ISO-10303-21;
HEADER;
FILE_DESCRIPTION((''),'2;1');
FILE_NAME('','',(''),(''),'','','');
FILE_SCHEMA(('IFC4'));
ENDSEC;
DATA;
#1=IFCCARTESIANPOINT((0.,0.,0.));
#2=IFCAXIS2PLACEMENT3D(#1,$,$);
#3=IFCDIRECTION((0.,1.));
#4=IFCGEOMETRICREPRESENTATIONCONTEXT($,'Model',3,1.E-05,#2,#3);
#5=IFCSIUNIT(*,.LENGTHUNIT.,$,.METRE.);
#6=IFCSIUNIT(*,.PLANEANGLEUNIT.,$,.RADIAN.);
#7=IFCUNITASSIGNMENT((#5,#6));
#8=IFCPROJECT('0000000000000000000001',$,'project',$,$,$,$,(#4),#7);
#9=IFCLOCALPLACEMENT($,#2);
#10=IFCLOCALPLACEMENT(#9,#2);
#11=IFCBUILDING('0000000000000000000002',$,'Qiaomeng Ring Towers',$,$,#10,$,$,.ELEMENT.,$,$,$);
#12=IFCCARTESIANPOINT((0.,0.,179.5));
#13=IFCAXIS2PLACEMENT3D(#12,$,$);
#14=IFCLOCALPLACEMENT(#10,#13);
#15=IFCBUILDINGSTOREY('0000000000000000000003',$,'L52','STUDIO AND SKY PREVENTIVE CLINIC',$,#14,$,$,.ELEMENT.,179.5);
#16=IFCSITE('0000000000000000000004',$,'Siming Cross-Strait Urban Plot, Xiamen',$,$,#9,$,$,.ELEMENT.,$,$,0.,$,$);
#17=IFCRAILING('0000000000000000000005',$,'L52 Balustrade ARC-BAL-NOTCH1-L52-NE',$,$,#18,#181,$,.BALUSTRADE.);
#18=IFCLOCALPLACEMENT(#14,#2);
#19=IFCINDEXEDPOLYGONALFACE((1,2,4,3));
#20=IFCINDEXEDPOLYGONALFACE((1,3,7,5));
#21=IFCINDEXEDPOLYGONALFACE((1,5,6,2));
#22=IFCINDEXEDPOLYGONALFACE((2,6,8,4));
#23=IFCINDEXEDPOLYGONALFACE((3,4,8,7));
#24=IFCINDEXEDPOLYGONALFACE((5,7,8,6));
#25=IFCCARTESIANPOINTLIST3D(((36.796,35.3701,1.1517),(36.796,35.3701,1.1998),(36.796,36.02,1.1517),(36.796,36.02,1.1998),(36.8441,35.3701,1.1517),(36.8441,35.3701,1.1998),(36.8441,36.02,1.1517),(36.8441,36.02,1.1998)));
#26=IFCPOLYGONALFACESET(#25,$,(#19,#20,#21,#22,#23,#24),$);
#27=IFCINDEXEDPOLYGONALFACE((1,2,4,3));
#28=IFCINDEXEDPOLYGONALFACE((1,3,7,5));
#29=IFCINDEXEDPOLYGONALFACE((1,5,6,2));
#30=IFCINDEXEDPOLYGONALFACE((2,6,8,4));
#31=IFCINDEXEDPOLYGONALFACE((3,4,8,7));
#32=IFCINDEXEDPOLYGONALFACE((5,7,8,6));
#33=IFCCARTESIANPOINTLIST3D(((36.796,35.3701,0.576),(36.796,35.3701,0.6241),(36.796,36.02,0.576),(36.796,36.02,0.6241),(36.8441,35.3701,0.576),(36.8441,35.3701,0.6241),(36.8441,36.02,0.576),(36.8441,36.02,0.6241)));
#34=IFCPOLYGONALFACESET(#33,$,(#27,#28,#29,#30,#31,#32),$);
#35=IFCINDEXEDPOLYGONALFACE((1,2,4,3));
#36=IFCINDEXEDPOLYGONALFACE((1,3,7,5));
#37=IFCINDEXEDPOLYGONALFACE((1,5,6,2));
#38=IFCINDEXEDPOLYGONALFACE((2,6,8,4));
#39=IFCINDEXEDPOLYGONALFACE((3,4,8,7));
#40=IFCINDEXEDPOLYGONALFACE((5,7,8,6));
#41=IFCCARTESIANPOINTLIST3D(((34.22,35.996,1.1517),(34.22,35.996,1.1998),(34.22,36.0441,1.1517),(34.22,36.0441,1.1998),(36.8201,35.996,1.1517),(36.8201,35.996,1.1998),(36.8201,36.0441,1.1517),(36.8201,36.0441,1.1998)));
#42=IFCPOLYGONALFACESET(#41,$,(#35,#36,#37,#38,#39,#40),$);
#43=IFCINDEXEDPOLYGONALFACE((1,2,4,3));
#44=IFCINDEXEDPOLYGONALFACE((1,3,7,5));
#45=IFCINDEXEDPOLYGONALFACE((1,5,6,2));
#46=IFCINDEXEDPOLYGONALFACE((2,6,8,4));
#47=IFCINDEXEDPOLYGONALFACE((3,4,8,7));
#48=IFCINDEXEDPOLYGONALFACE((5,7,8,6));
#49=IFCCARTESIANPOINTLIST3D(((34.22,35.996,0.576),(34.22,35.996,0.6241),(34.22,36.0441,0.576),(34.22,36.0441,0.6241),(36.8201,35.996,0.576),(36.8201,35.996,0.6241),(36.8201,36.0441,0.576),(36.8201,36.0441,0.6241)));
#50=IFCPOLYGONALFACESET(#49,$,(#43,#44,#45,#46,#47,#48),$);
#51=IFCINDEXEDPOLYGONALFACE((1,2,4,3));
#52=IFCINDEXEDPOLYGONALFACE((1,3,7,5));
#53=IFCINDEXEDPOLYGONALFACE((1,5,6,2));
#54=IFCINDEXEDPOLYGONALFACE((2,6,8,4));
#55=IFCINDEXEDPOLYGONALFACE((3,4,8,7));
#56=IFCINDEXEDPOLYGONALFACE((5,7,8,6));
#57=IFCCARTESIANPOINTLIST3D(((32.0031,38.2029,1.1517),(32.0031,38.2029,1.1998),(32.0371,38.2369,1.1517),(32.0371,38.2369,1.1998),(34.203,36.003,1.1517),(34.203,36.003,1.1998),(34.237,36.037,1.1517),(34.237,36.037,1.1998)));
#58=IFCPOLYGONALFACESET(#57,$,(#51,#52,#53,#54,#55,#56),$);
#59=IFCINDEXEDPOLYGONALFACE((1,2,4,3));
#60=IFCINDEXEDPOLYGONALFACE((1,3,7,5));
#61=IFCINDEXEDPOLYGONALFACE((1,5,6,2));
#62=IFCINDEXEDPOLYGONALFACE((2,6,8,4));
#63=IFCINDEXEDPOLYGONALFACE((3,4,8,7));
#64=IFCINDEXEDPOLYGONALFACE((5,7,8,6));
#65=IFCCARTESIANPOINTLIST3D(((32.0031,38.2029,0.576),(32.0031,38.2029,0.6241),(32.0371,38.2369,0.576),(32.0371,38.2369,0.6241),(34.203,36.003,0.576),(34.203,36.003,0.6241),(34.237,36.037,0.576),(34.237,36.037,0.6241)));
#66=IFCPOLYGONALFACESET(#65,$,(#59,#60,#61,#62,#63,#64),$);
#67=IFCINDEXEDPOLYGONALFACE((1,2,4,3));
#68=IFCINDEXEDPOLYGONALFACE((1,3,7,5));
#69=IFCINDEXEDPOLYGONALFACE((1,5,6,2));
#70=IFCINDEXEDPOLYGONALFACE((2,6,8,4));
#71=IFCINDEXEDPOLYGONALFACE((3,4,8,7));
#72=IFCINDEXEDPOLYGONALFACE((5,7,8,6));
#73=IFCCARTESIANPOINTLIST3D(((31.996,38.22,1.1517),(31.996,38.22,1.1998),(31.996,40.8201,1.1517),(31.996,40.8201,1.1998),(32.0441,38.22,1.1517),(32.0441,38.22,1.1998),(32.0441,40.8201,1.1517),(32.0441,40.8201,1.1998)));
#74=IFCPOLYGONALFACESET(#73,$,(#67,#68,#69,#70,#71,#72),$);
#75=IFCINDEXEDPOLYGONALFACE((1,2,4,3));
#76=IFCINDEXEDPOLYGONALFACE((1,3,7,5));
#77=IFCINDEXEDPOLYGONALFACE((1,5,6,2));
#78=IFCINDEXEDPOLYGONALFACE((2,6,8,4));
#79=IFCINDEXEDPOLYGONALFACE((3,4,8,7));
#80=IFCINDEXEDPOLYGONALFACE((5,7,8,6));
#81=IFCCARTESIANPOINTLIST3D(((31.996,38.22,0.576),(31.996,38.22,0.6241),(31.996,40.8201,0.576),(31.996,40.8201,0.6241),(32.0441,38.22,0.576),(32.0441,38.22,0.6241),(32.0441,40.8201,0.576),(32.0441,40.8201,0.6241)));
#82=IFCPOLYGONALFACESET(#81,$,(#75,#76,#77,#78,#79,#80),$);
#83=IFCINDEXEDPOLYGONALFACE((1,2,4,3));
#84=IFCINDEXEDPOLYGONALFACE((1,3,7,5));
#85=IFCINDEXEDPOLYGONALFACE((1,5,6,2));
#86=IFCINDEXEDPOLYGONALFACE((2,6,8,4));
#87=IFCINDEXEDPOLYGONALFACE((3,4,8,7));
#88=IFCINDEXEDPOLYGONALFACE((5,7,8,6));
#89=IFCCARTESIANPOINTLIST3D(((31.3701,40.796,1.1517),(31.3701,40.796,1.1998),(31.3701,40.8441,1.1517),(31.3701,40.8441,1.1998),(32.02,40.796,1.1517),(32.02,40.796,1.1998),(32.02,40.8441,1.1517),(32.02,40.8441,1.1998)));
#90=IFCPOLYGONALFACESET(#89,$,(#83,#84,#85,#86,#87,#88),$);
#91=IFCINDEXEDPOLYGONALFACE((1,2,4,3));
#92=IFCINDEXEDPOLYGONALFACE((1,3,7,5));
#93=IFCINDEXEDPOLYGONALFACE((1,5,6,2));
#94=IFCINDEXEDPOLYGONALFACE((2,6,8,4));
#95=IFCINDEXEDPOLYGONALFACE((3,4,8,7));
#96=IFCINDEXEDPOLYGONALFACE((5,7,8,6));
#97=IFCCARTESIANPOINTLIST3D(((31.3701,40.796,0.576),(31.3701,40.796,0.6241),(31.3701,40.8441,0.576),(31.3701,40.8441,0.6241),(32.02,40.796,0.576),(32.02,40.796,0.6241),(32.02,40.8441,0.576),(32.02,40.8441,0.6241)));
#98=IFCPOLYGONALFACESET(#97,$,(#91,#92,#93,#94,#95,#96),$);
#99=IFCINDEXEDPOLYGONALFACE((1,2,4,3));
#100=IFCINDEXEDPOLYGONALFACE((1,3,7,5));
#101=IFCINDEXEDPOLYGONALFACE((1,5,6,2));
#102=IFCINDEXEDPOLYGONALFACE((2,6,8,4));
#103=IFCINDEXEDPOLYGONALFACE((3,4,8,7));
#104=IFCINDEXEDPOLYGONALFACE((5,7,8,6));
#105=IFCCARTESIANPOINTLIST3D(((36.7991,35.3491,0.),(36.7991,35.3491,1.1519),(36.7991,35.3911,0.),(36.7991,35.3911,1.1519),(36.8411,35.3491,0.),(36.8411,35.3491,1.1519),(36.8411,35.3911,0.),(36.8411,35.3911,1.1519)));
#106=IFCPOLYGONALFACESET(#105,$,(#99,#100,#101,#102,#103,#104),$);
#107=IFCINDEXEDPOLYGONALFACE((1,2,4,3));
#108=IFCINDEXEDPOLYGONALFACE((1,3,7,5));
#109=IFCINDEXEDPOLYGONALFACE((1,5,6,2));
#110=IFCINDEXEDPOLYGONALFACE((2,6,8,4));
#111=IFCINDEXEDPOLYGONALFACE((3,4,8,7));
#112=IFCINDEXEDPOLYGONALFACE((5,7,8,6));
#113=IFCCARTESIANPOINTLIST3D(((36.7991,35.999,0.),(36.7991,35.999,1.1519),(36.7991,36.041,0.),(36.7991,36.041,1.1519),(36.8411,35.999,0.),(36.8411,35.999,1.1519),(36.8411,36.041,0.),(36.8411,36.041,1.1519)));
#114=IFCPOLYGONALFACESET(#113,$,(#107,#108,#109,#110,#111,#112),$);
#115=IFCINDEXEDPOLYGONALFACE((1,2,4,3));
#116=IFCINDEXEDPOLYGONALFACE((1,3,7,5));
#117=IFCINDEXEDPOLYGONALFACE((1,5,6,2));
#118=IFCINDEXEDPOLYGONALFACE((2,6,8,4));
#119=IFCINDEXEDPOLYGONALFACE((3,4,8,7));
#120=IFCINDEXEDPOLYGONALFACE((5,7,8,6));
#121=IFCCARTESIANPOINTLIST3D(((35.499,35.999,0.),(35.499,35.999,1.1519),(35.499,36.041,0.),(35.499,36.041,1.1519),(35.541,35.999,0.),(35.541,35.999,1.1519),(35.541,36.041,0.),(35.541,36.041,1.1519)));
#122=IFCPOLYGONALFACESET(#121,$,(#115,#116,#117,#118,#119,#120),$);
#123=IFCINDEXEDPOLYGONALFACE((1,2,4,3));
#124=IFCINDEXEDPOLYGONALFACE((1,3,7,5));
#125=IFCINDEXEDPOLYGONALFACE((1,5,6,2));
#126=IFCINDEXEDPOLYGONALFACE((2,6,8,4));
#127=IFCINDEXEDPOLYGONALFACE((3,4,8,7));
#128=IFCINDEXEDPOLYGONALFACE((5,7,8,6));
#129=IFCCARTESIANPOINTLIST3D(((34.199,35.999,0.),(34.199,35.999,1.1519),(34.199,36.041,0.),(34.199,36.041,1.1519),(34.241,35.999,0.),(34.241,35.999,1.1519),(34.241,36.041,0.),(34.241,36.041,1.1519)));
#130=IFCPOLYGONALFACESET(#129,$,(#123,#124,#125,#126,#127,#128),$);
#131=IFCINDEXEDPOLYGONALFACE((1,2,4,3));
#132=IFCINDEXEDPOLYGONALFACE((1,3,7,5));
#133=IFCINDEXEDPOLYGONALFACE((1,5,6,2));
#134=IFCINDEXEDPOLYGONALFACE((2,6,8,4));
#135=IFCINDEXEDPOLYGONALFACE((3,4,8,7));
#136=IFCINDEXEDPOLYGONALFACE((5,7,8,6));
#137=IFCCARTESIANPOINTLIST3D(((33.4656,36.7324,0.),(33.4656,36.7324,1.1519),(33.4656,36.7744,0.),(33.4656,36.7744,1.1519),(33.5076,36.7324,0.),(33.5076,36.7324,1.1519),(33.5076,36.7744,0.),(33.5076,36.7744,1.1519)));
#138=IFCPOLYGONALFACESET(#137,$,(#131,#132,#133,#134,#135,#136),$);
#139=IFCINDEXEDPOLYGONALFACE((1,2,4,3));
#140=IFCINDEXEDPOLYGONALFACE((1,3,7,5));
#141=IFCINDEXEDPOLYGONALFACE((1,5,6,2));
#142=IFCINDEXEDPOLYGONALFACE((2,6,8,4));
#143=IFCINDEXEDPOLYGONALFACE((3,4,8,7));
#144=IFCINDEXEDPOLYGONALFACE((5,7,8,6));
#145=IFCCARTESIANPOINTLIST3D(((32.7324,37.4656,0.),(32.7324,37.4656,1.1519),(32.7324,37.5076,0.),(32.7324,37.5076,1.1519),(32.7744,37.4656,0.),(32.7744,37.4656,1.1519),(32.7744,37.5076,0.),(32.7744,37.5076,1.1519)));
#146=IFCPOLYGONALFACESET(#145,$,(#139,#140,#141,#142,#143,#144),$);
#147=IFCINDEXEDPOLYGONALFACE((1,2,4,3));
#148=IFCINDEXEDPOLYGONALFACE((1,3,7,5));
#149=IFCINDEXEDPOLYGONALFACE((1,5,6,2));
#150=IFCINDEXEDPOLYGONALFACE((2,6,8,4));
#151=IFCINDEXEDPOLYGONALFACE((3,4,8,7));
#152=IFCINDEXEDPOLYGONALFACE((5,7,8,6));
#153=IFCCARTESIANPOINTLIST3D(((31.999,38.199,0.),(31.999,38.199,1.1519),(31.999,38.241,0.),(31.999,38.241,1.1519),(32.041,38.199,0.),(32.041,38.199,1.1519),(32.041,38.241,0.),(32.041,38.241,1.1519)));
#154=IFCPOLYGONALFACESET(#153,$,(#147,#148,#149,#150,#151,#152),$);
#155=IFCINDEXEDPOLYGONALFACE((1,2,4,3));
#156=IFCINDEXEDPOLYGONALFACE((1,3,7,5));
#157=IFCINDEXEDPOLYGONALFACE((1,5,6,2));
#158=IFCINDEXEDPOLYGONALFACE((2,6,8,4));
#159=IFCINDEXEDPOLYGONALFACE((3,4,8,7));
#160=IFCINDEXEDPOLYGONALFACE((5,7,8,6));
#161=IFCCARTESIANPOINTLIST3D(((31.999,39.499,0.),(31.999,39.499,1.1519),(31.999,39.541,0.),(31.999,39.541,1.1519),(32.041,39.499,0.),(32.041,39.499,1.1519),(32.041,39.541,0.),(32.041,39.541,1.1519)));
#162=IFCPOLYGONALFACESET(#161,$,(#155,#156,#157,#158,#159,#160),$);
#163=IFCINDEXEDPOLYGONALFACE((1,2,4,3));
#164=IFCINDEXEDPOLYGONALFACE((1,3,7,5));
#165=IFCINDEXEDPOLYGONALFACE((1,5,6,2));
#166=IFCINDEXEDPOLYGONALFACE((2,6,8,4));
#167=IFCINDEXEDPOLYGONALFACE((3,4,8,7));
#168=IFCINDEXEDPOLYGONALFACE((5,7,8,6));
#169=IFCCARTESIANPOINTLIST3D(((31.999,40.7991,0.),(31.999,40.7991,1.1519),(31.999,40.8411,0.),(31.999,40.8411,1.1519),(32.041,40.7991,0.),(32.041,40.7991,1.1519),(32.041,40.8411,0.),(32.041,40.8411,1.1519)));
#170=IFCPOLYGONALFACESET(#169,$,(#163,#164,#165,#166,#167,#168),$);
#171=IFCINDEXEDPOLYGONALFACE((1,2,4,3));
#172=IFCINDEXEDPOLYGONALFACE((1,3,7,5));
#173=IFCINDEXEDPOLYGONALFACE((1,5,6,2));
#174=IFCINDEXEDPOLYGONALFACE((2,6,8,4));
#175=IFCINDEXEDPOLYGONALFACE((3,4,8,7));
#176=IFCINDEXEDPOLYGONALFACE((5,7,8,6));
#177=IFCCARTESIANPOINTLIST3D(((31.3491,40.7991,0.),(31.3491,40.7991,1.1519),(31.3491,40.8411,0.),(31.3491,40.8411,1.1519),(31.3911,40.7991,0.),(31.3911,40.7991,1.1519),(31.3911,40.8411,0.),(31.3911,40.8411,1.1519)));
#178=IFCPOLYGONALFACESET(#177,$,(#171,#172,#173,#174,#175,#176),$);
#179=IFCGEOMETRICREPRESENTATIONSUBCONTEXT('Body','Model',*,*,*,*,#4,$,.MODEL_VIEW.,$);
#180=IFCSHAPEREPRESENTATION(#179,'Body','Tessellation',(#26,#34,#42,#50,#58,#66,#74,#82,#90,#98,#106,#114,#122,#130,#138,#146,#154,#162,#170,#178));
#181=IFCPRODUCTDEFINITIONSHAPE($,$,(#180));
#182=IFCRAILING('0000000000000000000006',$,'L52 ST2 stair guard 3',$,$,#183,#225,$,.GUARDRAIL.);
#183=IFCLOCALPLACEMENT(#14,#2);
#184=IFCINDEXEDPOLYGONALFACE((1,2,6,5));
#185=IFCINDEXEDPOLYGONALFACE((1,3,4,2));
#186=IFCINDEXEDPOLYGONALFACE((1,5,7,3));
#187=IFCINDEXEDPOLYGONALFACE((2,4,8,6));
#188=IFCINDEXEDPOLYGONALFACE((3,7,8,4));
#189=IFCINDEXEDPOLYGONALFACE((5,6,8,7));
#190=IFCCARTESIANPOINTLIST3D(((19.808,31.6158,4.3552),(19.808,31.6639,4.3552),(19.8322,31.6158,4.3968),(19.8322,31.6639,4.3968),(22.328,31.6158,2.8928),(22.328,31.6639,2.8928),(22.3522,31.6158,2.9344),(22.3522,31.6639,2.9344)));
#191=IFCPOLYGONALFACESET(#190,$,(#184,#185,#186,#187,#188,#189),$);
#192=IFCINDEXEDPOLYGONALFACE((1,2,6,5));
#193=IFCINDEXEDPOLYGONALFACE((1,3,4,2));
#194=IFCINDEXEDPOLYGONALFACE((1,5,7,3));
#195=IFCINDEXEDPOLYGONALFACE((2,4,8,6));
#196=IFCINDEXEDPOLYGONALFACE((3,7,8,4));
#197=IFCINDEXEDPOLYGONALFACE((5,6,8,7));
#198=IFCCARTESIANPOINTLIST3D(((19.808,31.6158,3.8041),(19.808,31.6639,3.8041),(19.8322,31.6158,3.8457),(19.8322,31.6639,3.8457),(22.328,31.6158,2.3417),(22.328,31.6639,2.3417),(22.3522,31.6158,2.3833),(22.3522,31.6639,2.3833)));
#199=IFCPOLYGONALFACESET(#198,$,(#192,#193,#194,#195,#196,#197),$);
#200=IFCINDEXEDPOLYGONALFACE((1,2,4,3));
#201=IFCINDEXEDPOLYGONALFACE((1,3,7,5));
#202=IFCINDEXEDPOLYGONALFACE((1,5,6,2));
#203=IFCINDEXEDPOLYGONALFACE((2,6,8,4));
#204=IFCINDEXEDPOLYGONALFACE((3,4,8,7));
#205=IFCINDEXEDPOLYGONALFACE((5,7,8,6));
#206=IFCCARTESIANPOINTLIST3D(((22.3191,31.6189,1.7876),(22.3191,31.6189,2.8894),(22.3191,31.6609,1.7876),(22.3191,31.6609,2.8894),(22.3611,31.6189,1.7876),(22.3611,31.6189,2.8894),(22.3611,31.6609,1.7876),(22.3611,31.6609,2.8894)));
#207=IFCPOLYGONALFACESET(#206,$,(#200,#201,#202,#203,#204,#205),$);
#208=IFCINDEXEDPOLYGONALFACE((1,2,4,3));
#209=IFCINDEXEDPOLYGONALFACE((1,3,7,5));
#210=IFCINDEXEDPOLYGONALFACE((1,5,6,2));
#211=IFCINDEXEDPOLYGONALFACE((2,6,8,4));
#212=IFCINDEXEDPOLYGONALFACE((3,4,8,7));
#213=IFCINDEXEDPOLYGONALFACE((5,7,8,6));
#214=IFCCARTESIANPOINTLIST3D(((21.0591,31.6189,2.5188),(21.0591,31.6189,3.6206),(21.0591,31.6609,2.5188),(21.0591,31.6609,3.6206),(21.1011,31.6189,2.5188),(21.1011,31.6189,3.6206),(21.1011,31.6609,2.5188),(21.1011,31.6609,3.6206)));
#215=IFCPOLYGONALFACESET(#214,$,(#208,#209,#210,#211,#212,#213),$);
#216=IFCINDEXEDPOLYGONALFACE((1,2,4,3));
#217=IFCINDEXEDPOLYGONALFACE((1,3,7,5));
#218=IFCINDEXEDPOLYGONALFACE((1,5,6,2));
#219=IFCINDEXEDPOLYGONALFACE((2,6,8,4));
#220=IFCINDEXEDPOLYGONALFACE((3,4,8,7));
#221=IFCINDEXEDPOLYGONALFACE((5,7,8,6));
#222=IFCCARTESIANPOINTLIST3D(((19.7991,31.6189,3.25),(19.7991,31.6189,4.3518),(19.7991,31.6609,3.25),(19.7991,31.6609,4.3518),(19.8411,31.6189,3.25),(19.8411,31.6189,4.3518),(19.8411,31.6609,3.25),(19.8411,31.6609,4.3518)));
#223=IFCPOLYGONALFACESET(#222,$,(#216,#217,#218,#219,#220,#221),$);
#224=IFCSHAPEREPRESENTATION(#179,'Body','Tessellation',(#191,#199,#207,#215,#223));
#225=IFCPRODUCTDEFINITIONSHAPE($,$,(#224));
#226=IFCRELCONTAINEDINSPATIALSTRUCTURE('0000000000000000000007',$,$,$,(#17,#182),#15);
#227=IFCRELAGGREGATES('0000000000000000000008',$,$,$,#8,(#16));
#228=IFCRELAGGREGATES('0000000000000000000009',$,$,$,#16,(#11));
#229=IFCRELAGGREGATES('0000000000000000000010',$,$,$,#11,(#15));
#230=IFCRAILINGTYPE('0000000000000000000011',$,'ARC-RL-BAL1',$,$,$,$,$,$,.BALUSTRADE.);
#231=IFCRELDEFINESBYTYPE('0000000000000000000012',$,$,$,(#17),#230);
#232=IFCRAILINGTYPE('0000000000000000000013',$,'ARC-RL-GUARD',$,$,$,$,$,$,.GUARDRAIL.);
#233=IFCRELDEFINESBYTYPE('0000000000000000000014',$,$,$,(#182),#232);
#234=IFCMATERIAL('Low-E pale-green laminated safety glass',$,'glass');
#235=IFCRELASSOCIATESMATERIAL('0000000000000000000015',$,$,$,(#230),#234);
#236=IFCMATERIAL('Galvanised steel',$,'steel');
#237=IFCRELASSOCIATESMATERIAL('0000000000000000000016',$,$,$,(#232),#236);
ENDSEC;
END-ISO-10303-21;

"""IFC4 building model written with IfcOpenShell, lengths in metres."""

from ifc_helpers import new_model, si_unit, direction, frame, origin, origin_2d, place, context, subcontext, project, spatial, rectangle, extrude, material, type_object, element, save


model = new_model("IFC4")

# Units and contexts
model_context = context("Model", 3, precision=1e-05, world=origin(), true_north=direction((0.0, 1.0)))
body_context = subcontext(model_context, "Body", "Model", "MODEL_VIEW")
ifc_project = project(units=[si_unit("LENGTHUNIT", "METRE"), si_unit("PLANEANGLEUNIT", "RADIAN")], contexts=[model_context])

# Site, building, storey
site_placement = place(None, origin())
site = spatial("IfcSite", under=ifc_project, at=site_placement, Name="Siming Cross-Strait Urban Plot, Xiamen", CompositionType="ELEMENT", RefElevation=0.0)
building_placement = place(site_placement, origin())
building = spatial("IfcBuilding", under=site, at=building_placement, Name="Qiaomeng Ring Towers", CompositionType="ELEMENT")
storey_placement = place(building_placement, frame((0.0, 0.0, 179.5)))
storey = spatial("IfcBuildingStorey", under=building, at=storey_placement, Name="L52", Description="STUDIO AND SKY PREVENTIVE CLINIC", CompositionType="ELEMENT", Elevation=179.5)

# Railings
ifc_material_1 = material(Name="Low-E pale-green laminated safety glass", Category="glass")
railing_type_1 = type_object("IfcRailingType", Name="ARC-RL-BAL1", PredefinedType="BALUSTRADE", material=ifc_material_1)
railing_1_placement = place(storey_placement, frame((36.8201, 35.3701, 0.0)))
element("IfcRailing", 1, at=railing_1_placement, inside=storey, type_object=railing_type_1, Name="L52 Balustrade ARC-BAL-NOTCH1-L52-NE", PredefinedType="BALUSTRADE", context=body_context, shape_type="SweptSolid", body=[
    extrude(rectangle(XDim=0.0481, YDim=0.0481, at=origin_2d()), frame((0.0, 0.0, 1.1758), z_axis=(0.0, 1.0, 0.0), x_axis=(-1.0, 0.0, 0.0)), (0.0, 0.0, 1.0), 0.6499),
    extrude(rectangle(XDim=0.0481, YDim=0.0481, at=origin_2d()), frame((0.0, 0.0, 0.6001), z_axis=(0.0, 1.0, 0.0), x_axis=(-1.0, 0.0, 0.0)), (0.0, 0.0, 1.0), 0.6499),
    extrude(rectangle(XDim=0.0481, YDim=0.0481, at=origin_2d()), frame((0.0, 0.6499, 1.1758), z_axis=(-1.0, 0.0, 0.0), x_axis=(0.0, -1.0, 0.0)), (0.0, 0.0, 1.0), 2.6001),
    extrude(rectangle(XDim=0.0481, YDim=0.0481, at=origin_2d()), frame((0.0, 0.6499, 0.6001), z_axis=(-1.0, 0.0, 0.0), x_axis=(0.0, -1.0, 0.0)), (0.0, 0.0, 1.0), 2.6001),
    extrude(rectangle(XDim=0.0481, YDim=0.0481, at=origin_2d()), frame((-2.6001, 0.6499, 1.1758), z_axis=(-0.707107, 0.707107, 0.0), x_axis=(-0.707107, -0.707107, 0.0)), (0.0, 0.0, 1.0), 3.1111),
    extrude(rectangle(XDim=0.0481, YDim=0.0481, at=origin_2d()), frame((-2.6001, 0.6499, 0.6001), z_axis=(-0.707107, 0.707107, 0.0), x_axis=(-0.707107, -0.707107, 0.0)), (0.0, 0.0, 1.0), 3.1111),
    extrude(rectangle(XDim=0.0481, YDim=0.0481, at=origin_2d()), frame((-4.8, 2.8499, 1.1758), z_axis=(0.0, 1.0, 0.0), x_axis=(-1.0, 0.0, 0.0)), (0.0, 0.0, 1.0), 2.6001),
    extrude(rectangle(XDim=0.0481, YDim=0.0481, at=origin_2d()), frame((-4.8, 2.8499, 0.6001), z_axis=(0.0, 1.0, 0.0), x_axis=(-1.0, 0.0, 0.0)), (0.0, 0.0, 1.0), 2.6001),
    extrude(rectangle(XDim=0.0481, YDim=0.0481, at=origin_2d()), frame((-4.8, 5.45, 1.1758), z_axis=(-1.0, 0.0, 0.0), x_axis=(0.0, -1.0, 0.0)), (0.0, 0.0, 1.0), 0.6499),
    extrude(rectangle(XDim=0.0481, YDim=0.0481, at=origin_2d()), frame((-4.8, 5.45, 0.6001), z_axis=(-1.0, 0.0, 0.0), x_axis=(0.0, -1.0, 0.0)), (0.0, 0.0, 1.0), 0.6499),
    extrude(rectangle(XDim=0.042, YDim=0.042, at=origin_2d()), origin(), (0.0, 0.0, 1.0), 1.1519),
    extrude(rectangle(XDim=0.042, YDim=0.042, at=origin_2d()), frame((0.0, 0.6499, 0.0)), (0.0, 0.0, 1.0), 1.1519),
    extrude(rectangle(XDim=0.042, YDim=0.042, at=origin_2d()), frame((-1.3, 0.6499, 0.0)), (0.0, 0.0, 1.0), 1.1519),
    extrude(rectangle(XDim=0.042, YDim=0.042, at=origin_2d()), frame((-2.6001, 0.6499, 0.0)), (0.0, 0.0, 1.0), 1.1519),
    extrude(rectangle(XDim=0.042, YDim=0.042, at=origin_2d()), frame((-3.3335, 1.3833, 0.0)), (0.0, 0.0, 1.0), 1.1519),
    extrude(rectangle(XDim=0.042, YDim=0.042, at=origin_2d()), frame((-4.0667, 2.1165, 0.0)), (0.0, 0.0, 1.0), 1.1519),
    extrude(rectangle(XDim=0.042, YDim=0.042, at=origin_2d()), frame((-4.8, 2.8499, 0.0)), (0.0, 0.0, 1.0), 1.1519),
    extrude(rectangle(XDim=0.042, YDim=0.042, at=origin_2d()), frame((-4.8, 4.1499, 0.0)), (0.0, 0.0, 1.0), 1.1519),
    extrude(rectangle(XDim=0.042, YDim=0.042, at=origin_2d()), frame((-4.8, 5.45, 0.0)), (0.0, 0.0, 1.0), 1.1519),
    extrude(rectangle(XDim=0.042, YDim=0.042, at=origin_2d()), frame((-5.45, 5.45, 0.0)), (0.0, 0.0, 1.0), 1.1519),
])
ifc_material_2 = material(Name="Galvanised steel", Category="steel")
railing_type_2 = type_object("IfcRailingType", Name="ARC-RL-GUARD", PredefinedType="GUARDRAIL", material=ifc_material_2)
railing_2_placement = place(storey_placement, frame((22.3401, 31.6399, 1.7876)))
element("IfcRailing", 2, at=railing_2_placement, inside=storey, type_object=railing_type_2, Name="L52 ST2 stair guard 3", PredefinedType="GUARDRAIL", context=body_context, shape_type="SweptSolid", body=[
    extrude(rectangle(XDim=0.0481, YDim=0.0481, at=origin_2d()), frame((0.0, 0.0, 1.126), z_axis=(-0.864913, 0.0, 0.501921), x_axis=(0.0, -1.0, 0.0)), (0.0, 0.0, 1.0), 2.9136),
    extrude(rectangle(XDim=0.0481, YDim=0.0481, at=origin_2d()), frame((0.0, 0.0, 0.575), z_axis=(-0.864913, 0.0, 0.501921), x_axis=(0.0, -1.0, 0.0)), (0.0, 0.0, 1.0), 2.9136),
    extrude(rectangle(XDim=0.042, YDim=0.042, at=origin_2d()), origin(), (0.0, 0.0, 1.0), 1.1018),
    extrude(rectangle(XDim=0.042, YDim=0.042, at=origin_2d()), frame((-1.26, 0.0, 0.7312)), (0.0, 0.0, 1.0), 1.1018),
    extrude(rectangle(XDim=0.042, YDim=0.042, at=origin_2d()), frame((-2.52, 0.0, 1.4624)), (0.0, 0.0, 1.0), 1.1018),
])

save(model, "model.ifc")
